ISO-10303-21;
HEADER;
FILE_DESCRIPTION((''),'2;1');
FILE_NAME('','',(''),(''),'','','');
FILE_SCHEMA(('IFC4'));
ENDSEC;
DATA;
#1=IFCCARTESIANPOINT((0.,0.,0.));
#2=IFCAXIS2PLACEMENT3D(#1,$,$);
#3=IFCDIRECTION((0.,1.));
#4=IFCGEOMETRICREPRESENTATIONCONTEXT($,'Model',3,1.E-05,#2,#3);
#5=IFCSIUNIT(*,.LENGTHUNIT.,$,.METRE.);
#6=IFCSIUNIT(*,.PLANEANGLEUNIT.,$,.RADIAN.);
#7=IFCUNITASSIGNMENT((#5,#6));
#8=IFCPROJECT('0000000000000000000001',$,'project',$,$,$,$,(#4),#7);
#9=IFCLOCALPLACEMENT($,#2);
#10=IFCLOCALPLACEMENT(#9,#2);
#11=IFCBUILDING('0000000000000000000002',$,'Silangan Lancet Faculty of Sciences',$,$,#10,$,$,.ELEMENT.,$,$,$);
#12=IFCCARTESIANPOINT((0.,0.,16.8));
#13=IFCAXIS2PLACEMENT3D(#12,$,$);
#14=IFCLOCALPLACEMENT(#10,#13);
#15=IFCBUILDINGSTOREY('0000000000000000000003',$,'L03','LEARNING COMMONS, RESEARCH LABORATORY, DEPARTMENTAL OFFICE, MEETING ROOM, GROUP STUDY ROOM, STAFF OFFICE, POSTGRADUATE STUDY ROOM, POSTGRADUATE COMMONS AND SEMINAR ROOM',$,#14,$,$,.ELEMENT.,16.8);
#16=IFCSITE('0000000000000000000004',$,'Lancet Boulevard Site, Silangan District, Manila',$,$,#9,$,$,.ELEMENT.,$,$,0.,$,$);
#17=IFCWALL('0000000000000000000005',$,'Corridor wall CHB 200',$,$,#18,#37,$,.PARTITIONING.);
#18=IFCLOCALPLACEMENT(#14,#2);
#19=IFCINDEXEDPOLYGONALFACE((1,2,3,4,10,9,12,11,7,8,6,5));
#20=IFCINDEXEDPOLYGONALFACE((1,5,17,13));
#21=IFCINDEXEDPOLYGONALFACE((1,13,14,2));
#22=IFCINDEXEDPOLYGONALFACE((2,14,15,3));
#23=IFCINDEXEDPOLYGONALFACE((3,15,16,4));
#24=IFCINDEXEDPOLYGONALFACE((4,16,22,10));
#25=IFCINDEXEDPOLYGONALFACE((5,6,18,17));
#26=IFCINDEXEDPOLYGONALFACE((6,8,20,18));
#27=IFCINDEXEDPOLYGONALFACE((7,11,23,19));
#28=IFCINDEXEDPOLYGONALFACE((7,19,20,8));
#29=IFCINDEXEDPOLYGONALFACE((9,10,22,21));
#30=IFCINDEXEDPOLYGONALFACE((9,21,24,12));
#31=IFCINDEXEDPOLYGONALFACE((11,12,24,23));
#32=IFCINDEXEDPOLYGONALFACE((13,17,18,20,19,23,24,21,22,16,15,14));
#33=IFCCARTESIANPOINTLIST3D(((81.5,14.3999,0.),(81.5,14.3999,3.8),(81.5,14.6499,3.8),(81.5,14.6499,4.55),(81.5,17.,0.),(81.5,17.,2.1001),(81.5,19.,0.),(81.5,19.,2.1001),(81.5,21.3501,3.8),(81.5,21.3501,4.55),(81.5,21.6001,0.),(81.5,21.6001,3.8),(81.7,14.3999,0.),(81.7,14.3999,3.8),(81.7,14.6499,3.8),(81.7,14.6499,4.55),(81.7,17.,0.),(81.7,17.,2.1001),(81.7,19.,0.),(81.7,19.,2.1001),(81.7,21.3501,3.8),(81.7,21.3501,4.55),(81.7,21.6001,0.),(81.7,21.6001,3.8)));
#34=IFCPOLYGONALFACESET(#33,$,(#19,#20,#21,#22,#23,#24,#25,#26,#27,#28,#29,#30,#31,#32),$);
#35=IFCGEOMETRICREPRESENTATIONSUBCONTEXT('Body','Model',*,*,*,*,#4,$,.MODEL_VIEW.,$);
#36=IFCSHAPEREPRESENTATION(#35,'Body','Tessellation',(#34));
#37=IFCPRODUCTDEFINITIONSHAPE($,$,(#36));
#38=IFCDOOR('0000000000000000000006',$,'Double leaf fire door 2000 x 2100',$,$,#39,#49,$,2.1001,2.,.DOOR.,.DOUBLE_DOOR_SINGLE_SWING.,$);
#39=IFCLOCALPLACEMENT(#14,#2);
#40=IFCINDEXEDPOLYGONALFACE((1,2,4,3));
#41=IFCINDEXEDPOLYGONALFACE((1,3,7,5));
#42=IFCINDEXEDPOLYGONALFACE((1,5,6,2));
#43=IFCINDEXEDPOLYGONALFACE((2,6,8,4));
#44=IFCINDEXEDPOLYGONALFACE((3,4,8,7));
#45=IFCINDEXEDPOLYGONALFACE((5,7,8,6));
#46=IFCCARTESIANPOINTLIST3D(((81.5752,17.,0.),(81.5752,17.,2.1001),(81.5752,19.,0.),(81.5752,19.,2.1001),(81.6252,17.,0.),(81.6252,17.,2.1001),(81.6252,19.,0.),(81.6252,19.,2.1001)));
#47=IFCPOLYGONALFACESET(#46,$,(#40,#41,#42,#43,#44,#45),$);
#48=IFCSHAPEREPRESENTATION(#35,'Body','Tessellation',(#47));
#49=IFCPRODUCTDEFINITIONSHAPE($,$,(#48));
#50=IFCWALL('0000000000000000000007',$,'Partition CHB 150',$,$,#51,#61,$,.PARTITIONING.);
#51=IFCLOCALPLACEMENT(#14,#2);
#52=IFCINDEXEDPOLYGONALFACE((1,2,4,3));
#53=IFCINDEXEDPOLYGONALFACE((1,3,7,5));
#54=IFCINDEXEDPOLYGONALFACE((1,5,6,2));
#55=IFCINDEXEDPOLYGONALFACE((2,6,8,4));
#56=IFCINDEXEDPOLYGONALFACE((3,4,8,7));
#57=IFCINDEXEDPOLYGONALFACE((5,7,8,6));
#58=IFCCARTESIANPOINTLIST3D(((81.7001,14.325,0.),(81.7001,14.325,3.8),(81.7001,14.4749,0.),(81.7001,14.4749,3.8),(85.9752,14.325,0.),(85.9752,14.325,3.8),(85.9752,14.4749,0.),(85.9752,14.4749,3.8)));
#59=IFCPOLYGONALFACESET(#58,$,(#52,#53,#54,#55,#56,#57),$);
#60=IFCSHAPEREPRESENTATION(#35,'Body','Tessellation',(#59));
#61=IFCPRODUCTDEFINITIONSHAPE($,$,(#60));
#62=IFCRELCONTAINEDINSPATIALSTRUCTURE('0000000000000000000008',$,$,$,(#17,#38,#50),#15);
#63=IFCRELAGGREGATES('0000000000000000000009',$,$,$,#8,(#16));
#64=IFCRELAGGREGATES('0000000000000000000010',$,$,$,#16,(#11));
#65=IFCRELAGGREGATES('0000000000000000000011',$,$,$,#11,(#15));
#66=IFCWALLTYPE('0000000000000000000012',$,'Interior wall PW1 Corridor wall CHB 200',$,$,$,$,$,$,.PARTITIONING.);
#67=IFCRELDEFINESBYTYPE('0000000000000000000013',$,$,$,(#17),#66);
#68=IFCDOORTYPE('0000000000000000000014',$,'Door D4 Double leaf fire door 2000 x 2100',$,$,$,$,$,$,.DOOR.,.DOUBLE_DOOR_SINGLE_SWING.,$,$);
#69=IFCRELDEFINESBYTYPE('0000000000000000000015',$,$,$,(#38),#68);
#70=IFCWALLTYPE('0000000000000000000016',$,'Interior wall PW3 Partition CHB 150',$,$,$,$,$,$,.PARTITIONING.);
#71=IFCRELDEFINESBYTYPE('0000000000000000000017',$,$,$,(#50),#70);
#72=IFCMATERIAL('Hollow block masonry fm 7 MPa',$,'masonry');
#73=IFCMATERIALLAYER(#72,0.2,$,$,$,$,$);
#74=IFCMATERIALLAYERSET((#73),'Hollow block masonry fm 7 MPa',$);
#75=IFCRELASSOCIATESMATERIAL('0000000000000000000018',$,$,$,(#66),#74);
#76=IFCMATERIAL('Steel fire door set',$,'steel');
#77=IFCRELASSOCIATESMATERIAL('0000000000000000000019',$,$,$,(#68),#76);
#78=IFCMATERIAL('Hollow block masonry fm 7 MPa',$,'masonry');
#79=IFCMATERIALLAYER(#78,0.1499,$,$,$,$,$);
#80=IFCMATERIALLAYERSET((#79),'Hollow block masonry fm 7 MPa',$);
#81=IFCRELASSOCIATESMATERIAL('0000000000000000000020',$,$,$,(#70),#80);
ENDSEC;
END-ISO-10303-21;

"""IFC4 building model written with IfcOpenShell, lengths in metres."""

from ifc_helpers import new_model, si_unit, direction, frame, frame_2d, origin, place, context, subcontext, project, spatial, polyline, rectangle, outline, extrude, material, layer, layer_set, type_object, element, fill, save


model = new_model("IFC4")

# Units and contexts
model_context = context("Model", 3, precision=1e-05, world=origin(), true_north=direction((0.0, 1.0)))
body_context = subcontext(model_context, "Body", "Model", "MODEL_VIEW")
ifc_project = project(units=[si_unit("LENGTHUNIT", "METRE"), si_unit("PLANEANGLEUNIT", "RADIAN")], contexts=[model_context])

# Site, building, storey
site_placement = place(None, origin())
site = spatial("IfcSite", under=ifc_project, at=site_placement, Name="Lancet Boulevard Site, Silangan District, Manila", CompositionType="ELEMENT", RefElevation=0.0)
building_placement = place(site_placement, origin())
building = spatial("IfcBuilding", under=site, at=building_placement, Name="Silangan Lancet Faculty of Sciences", CompositionType="ELEMENT")
storey_placement = place(building_placement, frame((0.0, 0.0, 16.8)))
storey = spatial("IfcBuildingStorey", under=building, at=storey_placement, Name="L03", Description="LEARNING COMMONS, RESEARCH LABORATORY, DEPARTMENTAL OFFICE, MEETING ROOM, GROUP STUDY ROOM, STAFF OFFICE, POSTGRADUATE STUDY ROOM, POSTGRADUATE COMMONS AND SEMINAR ROOM", CompositionType="ELEMENT", Elevation=16.8)

# Wall, opening, door
ifc_material_1 = material(Name="Hollow block masonry fm 7 MPa", Category="masonry")
ifc_layer_1 = layer(ifc_material_1, 0.2)
ifc_layer_set_1 = layer_set([ifc_layer_1], Name="Hollow block masonry fm 7 MPa")
wall_type_1 = type_object("IfcWallType", Name="Interior wall PW1 Corridor wall CHB 200", PredefinedType="PARTITIONING", material=ifc_layer_set_1)
ifc_material_2 = material(Name="Steel fire door set", Category="steel")
door_type = type_object("IfcDoorType", Name="Door D4 Double leaf fire door 2000 x 2100", OperationType="DOUBLE_DOOR_SINGLE_SWING", PredefinedType="DOOR", material=ifc_material_2)
wall_1_placement = place(storey_placement, frame((81.6001, 14.3999, 0.0), z_axis=(0.0, 0.0, 1.0), x_axis=(0.0, 1.0, 0.0)))
wall_1 = element("IfcWall", 1, at=wall_1_placement, inside=storey, type_object=wall_type_1, Name="Corridor wall CHB 200", PredefinedType="PARTITIONING", context=body_context, shape_type="SweptSolid", body=[
    extrude(outline(polyline([(0.0, 0.0), (7.2002, 0.0), (7.2002, 3.8), (6.9502, 3.8), (6.9502, 4.55), (0.25, 4.55), (0.25, 3.8), (0.0, 3.8), (0.0, 0.0)])), frame((0.0, 0.1001, 0.0), z_axis=(0.0, -1.0, 0.0), x_axis=(1.0, 0.0, 0.0)), (0.0, 0.0, 1.0), 0.2),
])
opening_1_placement = place(wall_1_placement, frame((2.6001, 0.0, 0.0)))
opening_1 = element("IfcOpeningElement", 2, at=opening_1_placement, cuts=wall_1, PredefinedType="OPENING", context=body_context, shape_type="SweptSolid", body=[
    extrude(rectangle(XDim=2.0, YDim=2.1001, at=frame_2d((1.0, 1.05))), frame((0.0, 0.1099, 0.0), z_axis=(0.0, -1.0, 0.0), x_axis=(1.0, 0.0, 0.0)), (0.0, 0.0, 1.0), 0.22),
])
door_1_placement = place(opening_1_placement, origin())
door_1 = element("IfcDoor", 3, at=door_1_placement, inside=storey, type_object=door_type, Name="Double leaf fire door 2000 x 2100", OperationType="DOUBLE_DOOR_SINGLE_SWING", OverallHeight=2.1001, OverallWidth=2.0, PredefinedType="DOOR", context=body_context, shape_type="SweptSolid", body=[
    extrude(rectangle(XDim=2.0, YDim=2.1001, at=frame_2d((1.0, 1.05))), frame((0.0, 0.0249, 0.0), z_axis=(0.0, -1.0, 0.0), x_axis=(1.0, 0.0, 0.0)), (0.0, 0.0, 1.0), 0.05),
])
fill(opening_1, door_1)

# Wall
ifc_material_3 = material(Name="Hollow block masonry fm 7 MPa", Category="masonry")
ifc_layer_2 = layer(ifc_material_3, 0.1499)
ifc_layer_set_2 = layer_set([ifc_layer_2], Name="Hollow block masonry fm 7 MPa")
wall_type_2 = type_object("IfcWallType", Name="Interior wall PW3 Partition CHB 150", PredefinedType="PARTITIONING", material=ifc_layer_set_2)
wall_2_placement = place(storey_placement, frame((81.7, 14.3999, 0.0), z_axis=(0.0, 0.0, 1.0), x_axis=(1.0, 0.0, 0.0)))
element("IfcWall", 4, at=wall_2_placement, inside=storey, type_object=wall_type_2, Name="Partition CHB 150", PredefinedType="PARTITIONING", context=body_context, shape_type="SweptSolid", body=[
    extrude(rectangle(XDim=4.2751, YDim=0.1499, at=frame_2d((2.1377, 0.0))), origin(), (0.0, 0.0, 1.0), 3.8),
])

save(model, "model.ifc")
